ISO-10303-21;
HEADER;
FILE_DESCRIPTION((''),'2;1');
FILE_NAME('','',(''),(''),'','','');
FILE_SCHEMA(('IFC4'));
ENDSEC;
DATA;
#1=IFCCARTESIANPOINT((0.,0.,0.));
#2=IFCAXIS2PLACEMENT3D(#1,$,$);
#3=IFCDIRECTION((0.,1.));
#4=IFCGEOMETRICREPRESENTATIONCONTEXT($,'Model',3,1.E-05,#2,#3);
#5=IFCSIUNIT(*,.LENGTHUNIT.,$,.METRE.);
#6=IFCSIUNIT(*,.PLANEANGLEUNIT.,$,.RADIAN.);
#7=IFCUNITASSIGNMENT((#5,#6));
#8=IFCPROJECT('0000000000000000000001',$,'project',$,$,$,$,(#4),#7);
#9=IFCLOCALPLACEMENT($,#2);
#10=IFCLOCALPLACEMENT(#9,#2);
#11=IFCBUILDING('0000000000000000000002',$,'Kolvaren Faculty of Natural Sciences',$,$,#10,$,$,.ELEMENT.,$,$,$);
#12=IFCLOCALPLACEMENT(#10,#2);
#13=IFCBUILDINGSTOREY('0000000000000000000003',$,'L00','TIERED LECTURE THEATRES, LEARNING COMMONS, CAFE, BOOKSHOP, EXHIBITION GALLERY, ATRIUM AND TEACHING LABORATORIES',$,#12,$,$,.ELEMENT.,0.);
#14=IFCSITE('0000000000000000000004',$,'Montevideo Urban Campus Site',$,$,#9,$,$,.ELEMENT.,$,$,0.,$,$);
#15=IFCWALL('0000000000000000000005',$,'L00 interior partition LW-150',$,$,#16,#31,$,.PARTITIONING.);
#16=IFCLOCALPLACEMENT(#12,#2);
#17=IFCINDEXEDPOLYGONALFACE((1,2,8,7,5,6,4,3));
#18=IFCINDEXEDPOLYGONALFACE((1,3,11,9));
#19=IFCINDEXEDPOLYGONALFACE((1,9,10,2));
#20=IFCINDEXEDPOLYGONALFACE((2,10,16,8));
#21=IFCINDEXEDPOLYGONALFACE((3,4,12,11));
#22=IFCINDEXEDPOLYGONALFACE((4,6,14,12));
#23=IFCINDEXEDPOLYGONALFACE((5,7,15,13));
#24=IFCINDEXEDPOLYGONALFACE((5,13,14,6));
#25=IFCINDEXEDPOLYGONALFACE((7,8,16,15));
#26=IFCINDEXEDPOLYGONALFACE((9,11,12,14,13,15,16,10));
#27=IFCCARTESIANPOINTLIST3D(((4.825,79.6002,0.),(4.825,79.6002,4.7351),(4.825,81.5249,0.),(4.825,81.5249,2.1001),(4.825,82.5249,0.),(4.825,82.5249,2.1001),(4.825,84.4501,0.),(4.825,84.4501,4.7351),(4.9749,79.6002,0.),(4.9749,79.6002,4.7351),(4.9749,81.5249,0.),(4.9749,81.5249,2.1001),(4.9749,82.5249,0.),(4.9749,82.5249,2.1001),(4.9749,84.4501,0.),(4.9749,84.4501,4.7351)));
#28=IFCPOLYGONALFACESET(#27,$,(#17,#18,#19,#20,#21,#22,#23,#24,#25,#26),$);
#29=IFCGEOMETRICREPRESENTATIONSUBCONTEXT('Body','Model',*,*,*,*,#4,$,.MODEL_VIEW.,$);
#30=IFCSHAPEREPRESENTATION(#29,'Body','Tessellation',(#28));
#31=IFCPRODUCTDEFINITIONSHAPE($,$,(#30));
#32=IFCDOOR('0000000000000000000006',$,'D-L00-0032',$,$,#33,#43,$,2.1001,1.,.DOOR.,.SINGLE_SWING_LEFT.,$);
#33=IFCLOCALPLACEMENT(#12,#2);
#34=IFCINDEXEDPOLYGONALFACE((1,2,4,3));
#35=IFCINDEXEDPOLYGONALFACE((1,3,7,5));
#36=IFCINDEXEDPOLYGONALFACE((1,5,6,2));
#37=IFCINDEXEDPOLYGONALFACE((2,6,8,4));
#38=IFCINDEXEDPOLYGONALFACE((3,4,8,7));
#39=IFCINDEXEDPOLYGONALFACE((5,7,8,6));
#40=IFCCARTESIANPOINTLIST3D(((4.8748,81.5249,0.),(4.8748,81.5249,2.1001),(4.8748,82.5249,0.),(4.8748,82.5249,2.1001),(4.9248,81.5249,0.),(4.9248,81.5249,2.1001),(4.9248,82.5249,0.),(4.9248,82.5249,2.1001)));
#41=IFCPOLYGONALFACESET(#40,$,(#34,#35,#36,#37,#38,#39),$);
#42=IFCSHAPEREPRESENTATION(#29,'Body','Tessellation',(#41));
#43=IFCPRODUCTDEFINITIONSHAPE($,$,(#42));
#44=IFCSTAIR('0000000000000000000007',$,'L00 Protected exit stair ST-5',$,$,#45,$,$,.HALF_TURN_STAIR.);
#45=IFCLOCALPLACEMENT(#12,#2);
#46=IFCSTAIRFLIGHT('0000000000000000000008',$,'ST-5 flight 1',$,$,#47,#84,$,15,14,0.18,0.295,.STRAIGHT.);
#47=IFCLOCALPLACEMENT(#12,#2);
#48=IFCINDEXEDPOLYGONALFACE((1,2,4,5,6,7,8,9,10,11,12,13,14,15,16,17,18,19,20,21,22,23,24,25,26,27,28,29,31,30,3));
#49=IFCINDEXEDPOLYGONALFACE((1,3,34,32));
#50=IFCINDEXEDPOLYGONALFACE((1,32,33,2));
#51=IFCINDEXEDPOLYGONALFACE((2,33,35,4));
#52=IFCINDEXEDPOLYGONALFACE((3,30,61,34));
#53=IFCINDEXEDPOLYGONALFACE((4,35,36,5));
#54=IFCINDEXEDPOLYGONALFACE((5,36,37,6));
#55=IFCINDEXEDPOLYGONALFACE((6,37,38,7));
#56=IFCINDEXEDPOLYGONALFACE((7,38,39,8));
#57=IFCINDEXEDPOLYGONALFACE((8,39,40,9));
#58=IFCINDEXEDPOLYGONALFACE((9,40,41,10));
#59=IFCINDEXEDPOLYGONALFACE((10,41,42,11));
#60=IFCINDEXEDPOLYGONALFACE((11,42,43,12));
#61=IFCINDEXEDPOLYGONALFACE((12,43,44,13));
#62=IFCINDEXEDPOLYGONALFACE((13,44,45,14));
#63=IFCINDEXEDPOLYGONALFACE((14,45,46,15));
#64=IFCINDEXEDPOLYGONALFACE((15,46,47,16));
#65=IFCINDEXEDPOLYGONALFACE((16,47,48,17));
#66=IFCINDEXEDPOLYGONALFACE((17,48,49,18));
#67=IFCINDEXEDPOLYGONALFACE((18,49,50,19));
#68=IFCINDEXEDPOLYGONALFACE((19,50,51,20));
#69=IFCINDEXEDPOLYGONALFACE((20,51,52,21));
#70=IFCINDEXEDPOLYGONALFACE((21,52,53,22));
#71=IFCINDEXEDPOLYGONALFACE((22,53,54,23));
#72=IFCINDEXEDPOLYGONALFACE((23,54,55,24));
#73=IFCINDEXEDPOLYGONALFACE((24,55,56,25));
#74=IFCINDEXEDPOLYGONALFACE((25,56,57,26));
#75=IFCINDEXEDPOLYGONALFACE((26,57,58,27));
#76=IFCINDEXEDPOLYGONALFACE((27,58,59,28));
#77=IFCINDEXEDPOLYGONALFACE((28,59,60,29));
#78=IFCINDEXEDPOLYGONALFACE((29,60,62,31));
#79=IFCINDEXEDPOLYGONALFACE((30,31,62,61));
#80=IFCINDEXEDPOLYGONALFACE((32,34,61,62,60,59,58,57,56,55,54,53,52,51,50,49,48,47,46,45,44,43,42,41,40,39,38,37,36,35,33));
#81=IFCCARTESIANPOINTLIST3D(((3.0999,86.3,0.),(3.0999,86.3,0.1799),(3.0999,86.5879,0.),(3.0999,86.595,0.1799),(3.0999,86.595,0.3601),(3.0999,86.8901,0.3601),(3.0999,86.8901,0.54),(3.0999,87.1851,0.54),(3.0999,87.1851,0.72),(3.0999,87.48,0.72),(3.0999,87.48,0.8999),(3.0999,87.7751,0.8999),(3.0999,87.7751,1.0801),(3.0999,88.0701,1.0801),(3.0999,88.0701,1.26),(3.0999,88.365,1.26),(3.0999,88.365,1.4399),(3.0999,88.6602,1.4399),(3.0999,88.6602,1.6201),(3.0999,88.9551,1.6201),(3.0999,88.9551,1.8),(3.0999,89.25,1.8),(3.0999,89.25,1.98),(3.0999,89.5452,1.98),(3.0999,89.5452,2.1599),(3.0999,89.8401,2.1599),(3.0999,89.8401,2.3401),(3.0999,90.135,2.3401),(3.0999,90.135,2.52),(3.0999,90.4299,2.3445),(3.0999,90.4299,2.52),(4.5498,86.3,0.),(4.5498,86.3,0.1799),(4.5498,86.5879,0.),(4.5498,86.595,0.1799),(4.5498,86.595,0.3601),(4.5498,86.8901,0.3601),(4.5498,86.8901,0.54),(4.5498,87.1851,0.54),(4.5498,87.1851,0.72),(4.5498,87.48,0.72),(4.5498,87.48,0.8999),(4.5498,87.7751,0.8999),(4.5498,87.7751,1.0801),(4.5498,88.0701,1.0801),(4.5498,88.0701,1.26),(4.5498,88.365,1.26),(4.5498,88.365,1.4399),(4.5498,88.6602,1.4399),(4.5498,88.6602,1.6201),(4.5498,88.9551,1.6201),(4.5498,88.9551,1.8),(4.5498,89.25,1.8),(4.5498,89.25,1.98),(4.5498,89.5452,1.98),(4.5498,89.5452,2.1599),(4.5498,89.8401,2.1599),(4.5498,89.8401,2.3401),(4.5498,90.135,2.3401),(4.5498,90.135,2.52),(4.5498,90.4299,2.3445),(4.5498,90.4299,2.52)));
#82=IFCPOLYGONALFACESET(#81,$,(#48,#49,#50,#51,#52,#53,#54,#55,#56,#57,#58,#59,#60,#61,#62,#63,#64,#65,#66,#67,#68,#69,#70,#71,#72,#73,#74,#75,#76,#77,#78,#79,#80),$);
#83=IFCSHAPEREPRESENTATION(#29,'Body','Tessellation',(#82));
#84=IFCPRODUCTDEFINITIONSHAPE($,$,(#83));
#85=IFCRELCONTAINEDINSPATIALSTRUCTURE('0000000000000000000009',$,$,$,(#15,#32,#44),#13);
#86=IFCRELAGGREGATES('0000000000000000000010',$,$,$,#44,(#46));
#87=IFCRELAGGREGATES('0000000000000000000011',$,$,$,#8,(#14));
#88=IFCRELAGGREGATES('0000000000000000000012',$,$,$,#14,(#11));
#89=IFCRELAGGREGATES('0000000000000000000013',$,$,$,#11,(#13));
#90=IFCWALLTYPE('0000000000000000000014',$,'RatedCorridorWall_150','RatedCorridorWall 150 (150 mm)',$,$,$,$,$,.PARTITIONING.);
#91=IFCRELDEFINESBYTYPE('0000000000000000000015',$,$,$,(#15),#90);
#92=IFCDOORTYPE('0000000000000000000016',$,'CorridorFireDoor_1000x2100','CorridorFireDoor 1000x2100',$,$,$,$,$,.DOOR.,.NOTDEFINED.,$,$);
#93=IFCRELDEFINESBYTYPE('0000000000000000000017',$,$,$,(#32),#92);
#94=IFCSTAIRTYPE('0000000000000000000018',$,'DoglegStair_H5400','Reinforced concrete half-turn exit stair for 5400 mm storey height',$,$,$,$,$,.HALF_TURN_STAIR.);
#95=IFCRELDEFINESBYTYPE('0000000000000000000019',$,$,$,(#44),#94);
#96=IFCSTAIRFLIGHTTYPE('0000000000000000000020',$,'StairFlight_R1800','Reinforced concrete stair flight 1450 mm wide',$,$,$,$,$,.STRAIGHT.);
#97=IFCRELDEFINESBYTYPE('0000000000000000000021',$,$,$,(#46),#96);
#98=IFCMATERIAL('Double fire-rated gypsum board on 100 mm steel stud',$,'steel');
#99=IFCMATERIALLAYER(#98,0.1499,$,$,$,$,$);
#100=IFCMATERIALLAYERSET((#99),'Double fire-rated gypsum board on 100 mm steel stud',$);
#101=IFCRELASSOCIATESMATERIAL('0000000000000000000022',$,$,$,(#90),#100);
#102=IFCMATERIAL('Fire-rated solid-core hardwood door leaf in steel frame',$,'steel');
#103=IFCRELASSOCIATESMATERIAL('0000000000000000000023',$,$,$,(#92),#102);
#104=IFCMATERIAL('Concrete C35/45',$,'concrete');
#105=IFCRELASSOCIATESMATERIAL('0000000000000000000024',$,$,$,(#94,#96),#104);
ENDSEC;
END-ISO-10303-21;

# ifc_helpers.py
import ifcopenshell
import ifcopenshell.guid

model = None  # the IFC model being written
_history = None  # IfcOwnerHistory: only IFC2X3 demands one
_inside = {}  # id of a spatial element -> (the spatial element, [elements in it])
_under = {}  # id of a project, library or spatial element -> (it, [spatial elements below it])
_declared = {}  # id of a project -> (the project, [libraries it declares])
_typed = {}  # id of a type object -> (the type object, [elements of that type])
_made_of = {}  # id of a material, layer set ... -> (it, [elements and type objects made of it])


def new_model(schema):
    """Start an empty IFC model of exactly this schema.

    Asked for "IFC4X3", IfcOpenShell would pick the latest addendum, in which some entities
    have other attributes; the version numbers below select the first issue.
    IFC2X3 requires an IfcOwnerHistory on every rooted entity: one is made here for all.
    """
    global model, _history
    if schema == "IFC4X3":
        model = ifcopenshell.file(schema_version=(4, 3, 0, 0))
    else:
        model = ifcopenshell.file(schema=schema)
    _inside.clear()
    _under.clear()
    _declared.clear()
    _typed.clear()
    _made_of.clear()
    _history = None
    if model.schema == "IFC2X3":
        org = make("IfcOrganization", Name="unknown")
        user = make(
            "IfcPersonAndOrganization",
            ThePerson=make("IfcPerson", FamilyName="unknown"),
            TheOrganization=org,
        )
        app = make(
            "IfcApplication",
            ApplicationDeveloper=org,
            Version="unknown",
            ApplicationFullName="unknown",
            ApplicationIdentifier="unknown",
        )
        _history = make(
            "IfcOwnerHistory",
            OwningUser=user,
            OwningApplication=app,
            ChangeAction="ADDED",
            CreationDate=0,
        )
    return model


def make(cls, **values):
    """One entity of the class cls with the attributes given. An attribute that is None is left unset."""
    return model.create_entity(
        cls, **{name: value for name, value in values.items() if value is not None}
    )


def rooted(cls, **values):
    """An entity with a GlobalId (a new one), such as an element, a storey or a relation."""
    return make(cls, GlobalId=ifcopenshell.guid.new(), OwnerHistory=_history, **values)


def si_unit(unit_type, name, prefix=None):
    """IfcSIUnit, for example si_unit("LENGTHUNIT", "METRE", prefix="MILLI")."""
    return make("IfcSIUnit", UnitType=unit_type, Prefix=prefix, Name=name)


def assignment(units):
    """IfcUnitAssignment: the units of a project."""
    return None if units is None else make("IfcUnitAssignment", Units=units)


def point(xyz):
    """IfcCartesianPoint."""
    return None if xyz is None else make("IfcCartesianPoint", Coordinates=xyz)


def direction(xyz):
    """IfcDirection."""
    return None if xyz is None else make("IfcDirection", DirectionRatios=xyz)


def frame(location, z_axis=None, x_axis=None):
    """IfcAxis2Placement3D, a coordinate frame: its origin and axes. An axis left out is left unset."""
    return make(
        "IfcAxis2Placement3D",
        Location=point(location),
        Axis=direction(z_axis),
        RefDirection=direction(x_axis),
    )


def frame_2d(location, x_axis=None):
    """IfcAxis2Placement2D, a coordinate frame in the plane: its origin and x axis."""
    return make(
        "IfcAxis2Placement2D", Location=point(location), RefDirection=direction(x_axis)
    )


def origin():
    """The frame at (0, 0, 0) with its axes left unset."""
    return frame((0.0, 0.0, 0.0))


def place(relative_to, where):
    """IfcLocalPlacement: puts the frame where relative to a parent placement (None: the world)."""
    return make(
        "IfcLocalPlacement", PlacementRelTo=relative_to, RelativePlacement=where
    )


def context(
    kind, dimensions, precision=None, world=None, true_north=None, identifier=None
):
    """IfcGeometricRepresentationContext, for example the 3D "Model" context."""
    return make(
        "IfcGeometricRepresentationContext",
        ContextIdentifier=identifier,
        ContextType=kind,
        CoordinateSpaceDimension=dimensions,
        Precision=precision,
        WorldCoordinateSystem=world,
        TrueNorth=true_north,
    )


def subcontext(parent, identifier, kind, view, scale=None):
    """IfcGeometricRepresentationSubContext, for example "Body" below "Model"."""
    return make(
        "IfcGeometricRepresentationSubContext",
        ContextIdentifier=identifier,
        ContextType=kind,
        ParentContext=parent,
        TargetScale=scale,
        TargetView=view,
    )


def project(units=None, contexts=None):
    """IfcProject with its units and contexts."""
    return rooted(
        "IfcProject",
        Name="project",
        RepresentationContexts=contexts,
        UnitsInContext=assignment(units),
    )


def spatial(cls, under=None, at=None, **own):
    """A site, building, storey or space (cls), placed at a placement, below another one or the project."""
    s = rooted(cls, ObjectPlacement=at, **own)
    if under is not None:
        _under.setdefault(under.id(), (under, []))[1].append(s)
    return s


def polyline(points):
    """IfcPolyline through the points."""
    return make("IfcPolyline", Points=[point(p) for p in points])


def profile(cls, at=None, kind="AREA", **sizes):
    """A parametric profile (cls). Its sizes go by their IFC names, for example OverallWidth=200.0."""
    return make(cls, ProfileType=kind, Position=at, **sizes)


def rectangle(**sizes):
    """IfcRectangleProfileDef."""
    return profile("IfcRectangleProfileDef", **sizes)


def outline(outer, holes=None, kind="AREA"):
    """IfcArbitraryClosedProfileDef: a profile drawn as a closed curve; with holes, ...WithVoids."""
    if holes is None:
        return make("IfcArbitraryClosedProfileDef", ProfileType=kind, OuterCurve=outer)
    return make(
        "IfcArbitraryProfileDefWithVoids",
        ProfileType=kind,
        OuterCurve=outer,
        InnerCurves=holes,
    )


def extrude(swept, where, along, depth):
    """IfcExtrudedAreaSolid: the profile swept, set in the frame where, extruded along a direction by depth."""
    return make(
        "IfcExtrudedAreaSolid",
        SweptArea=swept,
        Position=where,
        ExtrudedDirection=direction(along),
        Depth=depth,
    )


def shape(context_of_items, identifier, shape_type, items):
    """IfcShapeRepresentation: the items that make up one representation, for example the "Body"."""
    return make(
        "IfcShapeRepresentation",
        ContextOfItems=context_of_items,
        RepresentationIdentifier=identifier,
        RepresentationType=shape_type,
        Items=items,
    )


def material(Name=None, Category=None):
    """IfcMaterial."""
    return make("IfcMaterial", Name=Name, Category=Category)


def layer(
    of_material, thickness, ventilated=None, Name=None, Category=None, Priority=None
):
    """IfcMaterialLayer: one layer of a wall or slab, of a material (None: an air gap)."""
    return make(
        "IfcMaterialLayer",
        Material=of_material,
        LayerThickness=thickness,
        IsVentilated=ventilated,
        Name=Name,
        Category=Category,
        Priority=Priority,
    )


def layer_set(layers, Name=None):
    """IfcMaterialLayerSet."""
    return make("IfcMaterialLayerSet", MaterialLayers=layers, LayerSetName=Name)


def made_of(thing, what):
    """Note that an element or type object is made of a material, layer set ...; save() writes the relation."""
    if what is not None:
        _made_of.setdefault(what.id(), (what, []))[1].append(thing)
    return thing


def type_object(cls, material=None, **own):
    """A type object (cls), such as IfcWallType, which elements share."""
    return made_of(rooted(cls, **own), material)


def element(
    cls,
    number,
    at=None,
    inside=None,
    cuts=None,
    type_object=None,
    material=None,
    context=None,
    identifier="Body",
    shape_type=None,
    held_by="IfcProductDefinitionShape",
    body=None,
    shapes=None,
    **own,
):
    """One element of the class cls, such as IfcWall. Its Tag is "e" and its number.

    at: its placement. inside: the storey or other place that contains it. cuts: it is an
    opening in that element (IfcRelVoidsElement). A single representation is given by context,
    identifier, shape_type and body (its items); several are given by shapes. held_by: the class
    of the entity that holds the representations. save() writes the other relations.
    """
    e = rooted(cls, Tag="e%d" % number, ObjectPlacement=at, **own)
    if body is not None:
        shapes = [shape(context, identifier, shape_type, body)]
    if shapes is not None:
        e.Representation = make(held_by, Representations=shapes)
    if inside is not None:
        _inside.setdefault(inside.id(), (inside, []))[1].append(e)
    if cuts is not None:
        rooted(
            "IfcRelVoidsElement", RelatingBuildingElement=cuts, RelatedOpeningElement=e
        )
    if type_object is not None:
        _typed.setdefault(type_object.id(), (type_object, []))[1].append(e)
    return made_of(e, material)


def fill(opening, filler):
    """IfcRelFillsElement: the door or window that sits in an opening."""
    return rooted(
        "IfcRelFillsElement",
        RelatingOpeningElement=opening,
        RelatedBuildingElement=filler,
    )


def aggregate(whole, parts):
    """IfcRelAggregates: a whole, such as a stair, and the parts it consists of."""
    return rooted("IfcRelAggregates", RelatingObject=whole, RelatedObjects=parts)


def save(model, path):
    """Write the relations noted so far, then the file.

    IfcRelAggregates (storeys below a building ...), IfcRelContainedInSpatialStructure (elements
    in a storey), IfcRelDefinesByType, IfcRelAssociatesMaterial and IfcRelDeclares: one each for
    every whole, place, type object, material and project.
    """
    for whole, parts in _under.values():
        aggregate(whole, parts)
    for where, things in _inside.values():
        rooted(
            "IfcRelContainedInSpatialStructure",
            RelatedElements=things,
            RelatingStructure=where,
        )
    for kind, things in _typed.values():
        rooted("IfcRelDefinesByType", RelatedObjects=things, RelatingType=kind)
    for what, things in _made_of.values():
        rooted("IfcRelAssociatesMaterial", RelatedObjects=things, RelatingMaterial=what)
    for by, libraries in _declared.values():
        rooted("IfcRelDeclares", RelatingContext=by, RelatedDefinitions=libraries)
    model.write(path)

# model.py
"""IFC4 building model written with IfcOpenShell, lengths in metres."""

from ifc_helpers import new_model, si_unit, direction, frame, frame_2d, origin, place, context, subcontext, project, spatial, polyline, rectangle, outline, extrude, material, layer, layer_set, type_object, element, fill, aggregate, save


model = new_model("IFC4")

# Units and contexts
model_context = context("Model", 3, precision=1e-05, world=origin(), true_north=direction((0.0, 1.0)))
body_context = subcontext(model_context, "Body", "Model", "MODEL_VIEW")
ifc_project = project(units=[si_unit("LENGTHUNIT", "METRE"), si_unit("PLANEANGLEUNIT", "RADIAN")], contexts=[model_context])

# Site, building, storey
site_placement = place(None, origin())
site = spatial("IfcSite", under=ifc_project, at=site_placement, Name="Montevideo Urban Campus Site", CompositionType="ELEMENT", RefElevation=0.0)
building_placement = place(site_placement, origin())
building = spatial("IfcBuilding", under=site, at=building_placement, Name="Kolvaren Faculty of Natural Sciences", CompositionType="ELEMENT")
storey_placement = place(building_placement, origin())
storey = spatial("IfcBuildingStorey", under=building, at=storey_placement, Name="L00", Description="TIERED LECTURE THEATRES, LEARNING COMMONS, CAFE, BOOKSHOP, EXHIBITION GALLERY, ATRIUM AND TEACHING LABORATORIES", CompositionType="ELEMENT", Elevation=0.0)

# Shared definitions
ifc_material_1 = material(Name="Concrete C35/45", Category="concrete")

# Shared definitions
ifc_material_2 = material(Name="Fire-rated solid-core hardwood door leaf in steel frame", Category="steel")

# Wall, opening, door
ifc_material_3 = material(Name="Double fire-rated gypsum board on 100 mm steel stud", Category="steel")
ifc_layer_1 = layer(ifc_material_3, 0.1499)
ifc_layer_set_1 = layer_set([ifc_layer_1], Name="Double fire-rated gypsum board on 100 mm steel stud")
wall_type_1 = type_object("IfcWallType", Name="RatedCorridorWall_150", Description="RatedCorridorWall 150 (150 mm)", PredefinedType="PARTITIONING", material=ifc_layer_set_1)
wall_1_placement = place(storey_placement, frame((4.8999, 84.45, 0.0), z_axis=(0.0, 0.0, 1.0), x_axis=(0.0, -1.0, 0.0)))
wall_1 = element("IfcWall", 1, at=wall_1_placement, inside=storey, type_object=wall_type_1, Name="L00 interior partition LW-150", PredefinedType="PARTITIONING", context=body_context, shape_type="SweptSolid", body=[
    extrude(rectangle(XDim=4.8499, YDim=0.1499, at=frame_2d((2.4248, 0.0))), origin(), (0.0, 0.0, 1.0), 4.7351),
])
opening_1_placement = place(wall_1_placement, frame((1.925, 0.0, 0.0)))
opening_1 = element("IfcOpeningElement", 2, at=opening_1_placement, cuts=wall_1, PredefinedType="OPENING", context=body_context, shape_type="SweptSolid", body=[
    extrude(rectangle(XDim=1.0, YDim=2.1001, at=frame_2d((0.5, 1.05))), frame((0.0, 0.085, 0.0), z_axis=(0.0, -1.0, 0.0), x_axis=(1.0, 0.0, 0.0)), (0.0, 0.0, 1.0), 0.1699),
])
door_type_1 = type_object("IfcDoorType", Name="CorridorFireDoor_1000x2100", Description="CorridorFireDoor 1000x2100", OperationType="NOTDEFINED", PredefinedType="DOOR", material=ifc_material_2)
door_1_placement = place(opening_1_placement, origin())
door_1 = element("IfcDoor", 3, at=door_1_placement, inside=storey, type_object=door_type_1, Name="D-L00-0032", OperationType="SINGLE_SWING_LEFT", OverallHeight=2.1001, OverallWidth=1.0, PredefinedType="DOOR", context=body_context, shape_type="SweptSolid", body=[
    extrude(rectangle(XDim=1.0, YDim=2.1001, at=frame_2d((0.5, 1.05))), frame((0.0, 0.0249, 0.0), z_axis=(0.0, -1.0, 0.0), x_axis=(1.0, 0.0, 0.0)), (0.0, 0.0, 1.0), 0.05),
])
fill(opening_1, door_1)

# Stair, stair flight
stair_type = type_object("IfcStairType", Name="DoglegStair_H5400", Description="Reinforced concrete half-turn exit stair for 5400 mm storey height", PredefinedType="HALF_TURN_STAIR", material=ifc_material_1)
stair_placement = place(storey_placement, origin())
stair = element("IfcStair", 4, at=stair_placement, inside=storey, type_object=stair_type, Name="L00 Protected exit stair ST-5", PredefinedType="HALF_TURN_STAIR")
stair_flight_type = type_object("IfcStairFlightType", Name="StairFlight_R1800", Description="Reinforced concrete stair flight 1450 mm wide", PredefinedType="STRAIGHT", material=ifc_material_1)
stair_flight_placement = place(storey_placement, frame((3.825, 86.3, 0.0), z_axis=(0.0, 0.0, 1.0), x_axis=(0.0, 1.0, 0.0)))
stair_flight = element("IfcStairFlight", 5, at=stair_flight_placement, type_object=stair_flight_type, Name="ST-5 flight 1", NumberOfRisers=15, NumberOfTreads=14, PredefinedType="STRAIGHT", RiserHeight=0.18, TreadLength=0.295, context=body_context, shape_type="SweptSolid", body=[
    extrude(outline(polyline([(0.0, 0.0), (0.0, 0.1799), (0.2949, 0.1799), (0.2949, 0.3601), (0.5901, 0.3601), (0.5901, 0.54), (0.885, 0.54), (0.885, 0.72), (1.1799, 0.72), (1.1799, 0.8999), (1.4751, 0.8999), (1.4751, 1.0801), (1.77, 1.0801), (1.77, 1.26), (2.0649, 1.26), (2.0649, 1.4399), (2.3601, 1.4399), (2.3601, 1.6201), (2.655, 1.6201), (2.655, 1.8), (2.95, 1.8), (2.95, 1.98), (3.2451, 1.98), (3.2451, 2.1599), (3.54, 2.1599), (3.54, 2.3401), (3.835, 2.3401), (3.835, 2.52), (4.1299, 2.52), (4.1299, 2.7), (4.1299, 2.3445), (0.2878, 0.0), (0.0, 0.0)])), frame((0.0, 0.7251, 0.0), z_axis=(0.0, -1.0, 0.0), x_axis=(1.0, 0.0, 0.0)), (0.0, 0.0, 1.0), 1.45),
])
aggregate(stair, [stair_flight])

save(model, "model.ifc")
